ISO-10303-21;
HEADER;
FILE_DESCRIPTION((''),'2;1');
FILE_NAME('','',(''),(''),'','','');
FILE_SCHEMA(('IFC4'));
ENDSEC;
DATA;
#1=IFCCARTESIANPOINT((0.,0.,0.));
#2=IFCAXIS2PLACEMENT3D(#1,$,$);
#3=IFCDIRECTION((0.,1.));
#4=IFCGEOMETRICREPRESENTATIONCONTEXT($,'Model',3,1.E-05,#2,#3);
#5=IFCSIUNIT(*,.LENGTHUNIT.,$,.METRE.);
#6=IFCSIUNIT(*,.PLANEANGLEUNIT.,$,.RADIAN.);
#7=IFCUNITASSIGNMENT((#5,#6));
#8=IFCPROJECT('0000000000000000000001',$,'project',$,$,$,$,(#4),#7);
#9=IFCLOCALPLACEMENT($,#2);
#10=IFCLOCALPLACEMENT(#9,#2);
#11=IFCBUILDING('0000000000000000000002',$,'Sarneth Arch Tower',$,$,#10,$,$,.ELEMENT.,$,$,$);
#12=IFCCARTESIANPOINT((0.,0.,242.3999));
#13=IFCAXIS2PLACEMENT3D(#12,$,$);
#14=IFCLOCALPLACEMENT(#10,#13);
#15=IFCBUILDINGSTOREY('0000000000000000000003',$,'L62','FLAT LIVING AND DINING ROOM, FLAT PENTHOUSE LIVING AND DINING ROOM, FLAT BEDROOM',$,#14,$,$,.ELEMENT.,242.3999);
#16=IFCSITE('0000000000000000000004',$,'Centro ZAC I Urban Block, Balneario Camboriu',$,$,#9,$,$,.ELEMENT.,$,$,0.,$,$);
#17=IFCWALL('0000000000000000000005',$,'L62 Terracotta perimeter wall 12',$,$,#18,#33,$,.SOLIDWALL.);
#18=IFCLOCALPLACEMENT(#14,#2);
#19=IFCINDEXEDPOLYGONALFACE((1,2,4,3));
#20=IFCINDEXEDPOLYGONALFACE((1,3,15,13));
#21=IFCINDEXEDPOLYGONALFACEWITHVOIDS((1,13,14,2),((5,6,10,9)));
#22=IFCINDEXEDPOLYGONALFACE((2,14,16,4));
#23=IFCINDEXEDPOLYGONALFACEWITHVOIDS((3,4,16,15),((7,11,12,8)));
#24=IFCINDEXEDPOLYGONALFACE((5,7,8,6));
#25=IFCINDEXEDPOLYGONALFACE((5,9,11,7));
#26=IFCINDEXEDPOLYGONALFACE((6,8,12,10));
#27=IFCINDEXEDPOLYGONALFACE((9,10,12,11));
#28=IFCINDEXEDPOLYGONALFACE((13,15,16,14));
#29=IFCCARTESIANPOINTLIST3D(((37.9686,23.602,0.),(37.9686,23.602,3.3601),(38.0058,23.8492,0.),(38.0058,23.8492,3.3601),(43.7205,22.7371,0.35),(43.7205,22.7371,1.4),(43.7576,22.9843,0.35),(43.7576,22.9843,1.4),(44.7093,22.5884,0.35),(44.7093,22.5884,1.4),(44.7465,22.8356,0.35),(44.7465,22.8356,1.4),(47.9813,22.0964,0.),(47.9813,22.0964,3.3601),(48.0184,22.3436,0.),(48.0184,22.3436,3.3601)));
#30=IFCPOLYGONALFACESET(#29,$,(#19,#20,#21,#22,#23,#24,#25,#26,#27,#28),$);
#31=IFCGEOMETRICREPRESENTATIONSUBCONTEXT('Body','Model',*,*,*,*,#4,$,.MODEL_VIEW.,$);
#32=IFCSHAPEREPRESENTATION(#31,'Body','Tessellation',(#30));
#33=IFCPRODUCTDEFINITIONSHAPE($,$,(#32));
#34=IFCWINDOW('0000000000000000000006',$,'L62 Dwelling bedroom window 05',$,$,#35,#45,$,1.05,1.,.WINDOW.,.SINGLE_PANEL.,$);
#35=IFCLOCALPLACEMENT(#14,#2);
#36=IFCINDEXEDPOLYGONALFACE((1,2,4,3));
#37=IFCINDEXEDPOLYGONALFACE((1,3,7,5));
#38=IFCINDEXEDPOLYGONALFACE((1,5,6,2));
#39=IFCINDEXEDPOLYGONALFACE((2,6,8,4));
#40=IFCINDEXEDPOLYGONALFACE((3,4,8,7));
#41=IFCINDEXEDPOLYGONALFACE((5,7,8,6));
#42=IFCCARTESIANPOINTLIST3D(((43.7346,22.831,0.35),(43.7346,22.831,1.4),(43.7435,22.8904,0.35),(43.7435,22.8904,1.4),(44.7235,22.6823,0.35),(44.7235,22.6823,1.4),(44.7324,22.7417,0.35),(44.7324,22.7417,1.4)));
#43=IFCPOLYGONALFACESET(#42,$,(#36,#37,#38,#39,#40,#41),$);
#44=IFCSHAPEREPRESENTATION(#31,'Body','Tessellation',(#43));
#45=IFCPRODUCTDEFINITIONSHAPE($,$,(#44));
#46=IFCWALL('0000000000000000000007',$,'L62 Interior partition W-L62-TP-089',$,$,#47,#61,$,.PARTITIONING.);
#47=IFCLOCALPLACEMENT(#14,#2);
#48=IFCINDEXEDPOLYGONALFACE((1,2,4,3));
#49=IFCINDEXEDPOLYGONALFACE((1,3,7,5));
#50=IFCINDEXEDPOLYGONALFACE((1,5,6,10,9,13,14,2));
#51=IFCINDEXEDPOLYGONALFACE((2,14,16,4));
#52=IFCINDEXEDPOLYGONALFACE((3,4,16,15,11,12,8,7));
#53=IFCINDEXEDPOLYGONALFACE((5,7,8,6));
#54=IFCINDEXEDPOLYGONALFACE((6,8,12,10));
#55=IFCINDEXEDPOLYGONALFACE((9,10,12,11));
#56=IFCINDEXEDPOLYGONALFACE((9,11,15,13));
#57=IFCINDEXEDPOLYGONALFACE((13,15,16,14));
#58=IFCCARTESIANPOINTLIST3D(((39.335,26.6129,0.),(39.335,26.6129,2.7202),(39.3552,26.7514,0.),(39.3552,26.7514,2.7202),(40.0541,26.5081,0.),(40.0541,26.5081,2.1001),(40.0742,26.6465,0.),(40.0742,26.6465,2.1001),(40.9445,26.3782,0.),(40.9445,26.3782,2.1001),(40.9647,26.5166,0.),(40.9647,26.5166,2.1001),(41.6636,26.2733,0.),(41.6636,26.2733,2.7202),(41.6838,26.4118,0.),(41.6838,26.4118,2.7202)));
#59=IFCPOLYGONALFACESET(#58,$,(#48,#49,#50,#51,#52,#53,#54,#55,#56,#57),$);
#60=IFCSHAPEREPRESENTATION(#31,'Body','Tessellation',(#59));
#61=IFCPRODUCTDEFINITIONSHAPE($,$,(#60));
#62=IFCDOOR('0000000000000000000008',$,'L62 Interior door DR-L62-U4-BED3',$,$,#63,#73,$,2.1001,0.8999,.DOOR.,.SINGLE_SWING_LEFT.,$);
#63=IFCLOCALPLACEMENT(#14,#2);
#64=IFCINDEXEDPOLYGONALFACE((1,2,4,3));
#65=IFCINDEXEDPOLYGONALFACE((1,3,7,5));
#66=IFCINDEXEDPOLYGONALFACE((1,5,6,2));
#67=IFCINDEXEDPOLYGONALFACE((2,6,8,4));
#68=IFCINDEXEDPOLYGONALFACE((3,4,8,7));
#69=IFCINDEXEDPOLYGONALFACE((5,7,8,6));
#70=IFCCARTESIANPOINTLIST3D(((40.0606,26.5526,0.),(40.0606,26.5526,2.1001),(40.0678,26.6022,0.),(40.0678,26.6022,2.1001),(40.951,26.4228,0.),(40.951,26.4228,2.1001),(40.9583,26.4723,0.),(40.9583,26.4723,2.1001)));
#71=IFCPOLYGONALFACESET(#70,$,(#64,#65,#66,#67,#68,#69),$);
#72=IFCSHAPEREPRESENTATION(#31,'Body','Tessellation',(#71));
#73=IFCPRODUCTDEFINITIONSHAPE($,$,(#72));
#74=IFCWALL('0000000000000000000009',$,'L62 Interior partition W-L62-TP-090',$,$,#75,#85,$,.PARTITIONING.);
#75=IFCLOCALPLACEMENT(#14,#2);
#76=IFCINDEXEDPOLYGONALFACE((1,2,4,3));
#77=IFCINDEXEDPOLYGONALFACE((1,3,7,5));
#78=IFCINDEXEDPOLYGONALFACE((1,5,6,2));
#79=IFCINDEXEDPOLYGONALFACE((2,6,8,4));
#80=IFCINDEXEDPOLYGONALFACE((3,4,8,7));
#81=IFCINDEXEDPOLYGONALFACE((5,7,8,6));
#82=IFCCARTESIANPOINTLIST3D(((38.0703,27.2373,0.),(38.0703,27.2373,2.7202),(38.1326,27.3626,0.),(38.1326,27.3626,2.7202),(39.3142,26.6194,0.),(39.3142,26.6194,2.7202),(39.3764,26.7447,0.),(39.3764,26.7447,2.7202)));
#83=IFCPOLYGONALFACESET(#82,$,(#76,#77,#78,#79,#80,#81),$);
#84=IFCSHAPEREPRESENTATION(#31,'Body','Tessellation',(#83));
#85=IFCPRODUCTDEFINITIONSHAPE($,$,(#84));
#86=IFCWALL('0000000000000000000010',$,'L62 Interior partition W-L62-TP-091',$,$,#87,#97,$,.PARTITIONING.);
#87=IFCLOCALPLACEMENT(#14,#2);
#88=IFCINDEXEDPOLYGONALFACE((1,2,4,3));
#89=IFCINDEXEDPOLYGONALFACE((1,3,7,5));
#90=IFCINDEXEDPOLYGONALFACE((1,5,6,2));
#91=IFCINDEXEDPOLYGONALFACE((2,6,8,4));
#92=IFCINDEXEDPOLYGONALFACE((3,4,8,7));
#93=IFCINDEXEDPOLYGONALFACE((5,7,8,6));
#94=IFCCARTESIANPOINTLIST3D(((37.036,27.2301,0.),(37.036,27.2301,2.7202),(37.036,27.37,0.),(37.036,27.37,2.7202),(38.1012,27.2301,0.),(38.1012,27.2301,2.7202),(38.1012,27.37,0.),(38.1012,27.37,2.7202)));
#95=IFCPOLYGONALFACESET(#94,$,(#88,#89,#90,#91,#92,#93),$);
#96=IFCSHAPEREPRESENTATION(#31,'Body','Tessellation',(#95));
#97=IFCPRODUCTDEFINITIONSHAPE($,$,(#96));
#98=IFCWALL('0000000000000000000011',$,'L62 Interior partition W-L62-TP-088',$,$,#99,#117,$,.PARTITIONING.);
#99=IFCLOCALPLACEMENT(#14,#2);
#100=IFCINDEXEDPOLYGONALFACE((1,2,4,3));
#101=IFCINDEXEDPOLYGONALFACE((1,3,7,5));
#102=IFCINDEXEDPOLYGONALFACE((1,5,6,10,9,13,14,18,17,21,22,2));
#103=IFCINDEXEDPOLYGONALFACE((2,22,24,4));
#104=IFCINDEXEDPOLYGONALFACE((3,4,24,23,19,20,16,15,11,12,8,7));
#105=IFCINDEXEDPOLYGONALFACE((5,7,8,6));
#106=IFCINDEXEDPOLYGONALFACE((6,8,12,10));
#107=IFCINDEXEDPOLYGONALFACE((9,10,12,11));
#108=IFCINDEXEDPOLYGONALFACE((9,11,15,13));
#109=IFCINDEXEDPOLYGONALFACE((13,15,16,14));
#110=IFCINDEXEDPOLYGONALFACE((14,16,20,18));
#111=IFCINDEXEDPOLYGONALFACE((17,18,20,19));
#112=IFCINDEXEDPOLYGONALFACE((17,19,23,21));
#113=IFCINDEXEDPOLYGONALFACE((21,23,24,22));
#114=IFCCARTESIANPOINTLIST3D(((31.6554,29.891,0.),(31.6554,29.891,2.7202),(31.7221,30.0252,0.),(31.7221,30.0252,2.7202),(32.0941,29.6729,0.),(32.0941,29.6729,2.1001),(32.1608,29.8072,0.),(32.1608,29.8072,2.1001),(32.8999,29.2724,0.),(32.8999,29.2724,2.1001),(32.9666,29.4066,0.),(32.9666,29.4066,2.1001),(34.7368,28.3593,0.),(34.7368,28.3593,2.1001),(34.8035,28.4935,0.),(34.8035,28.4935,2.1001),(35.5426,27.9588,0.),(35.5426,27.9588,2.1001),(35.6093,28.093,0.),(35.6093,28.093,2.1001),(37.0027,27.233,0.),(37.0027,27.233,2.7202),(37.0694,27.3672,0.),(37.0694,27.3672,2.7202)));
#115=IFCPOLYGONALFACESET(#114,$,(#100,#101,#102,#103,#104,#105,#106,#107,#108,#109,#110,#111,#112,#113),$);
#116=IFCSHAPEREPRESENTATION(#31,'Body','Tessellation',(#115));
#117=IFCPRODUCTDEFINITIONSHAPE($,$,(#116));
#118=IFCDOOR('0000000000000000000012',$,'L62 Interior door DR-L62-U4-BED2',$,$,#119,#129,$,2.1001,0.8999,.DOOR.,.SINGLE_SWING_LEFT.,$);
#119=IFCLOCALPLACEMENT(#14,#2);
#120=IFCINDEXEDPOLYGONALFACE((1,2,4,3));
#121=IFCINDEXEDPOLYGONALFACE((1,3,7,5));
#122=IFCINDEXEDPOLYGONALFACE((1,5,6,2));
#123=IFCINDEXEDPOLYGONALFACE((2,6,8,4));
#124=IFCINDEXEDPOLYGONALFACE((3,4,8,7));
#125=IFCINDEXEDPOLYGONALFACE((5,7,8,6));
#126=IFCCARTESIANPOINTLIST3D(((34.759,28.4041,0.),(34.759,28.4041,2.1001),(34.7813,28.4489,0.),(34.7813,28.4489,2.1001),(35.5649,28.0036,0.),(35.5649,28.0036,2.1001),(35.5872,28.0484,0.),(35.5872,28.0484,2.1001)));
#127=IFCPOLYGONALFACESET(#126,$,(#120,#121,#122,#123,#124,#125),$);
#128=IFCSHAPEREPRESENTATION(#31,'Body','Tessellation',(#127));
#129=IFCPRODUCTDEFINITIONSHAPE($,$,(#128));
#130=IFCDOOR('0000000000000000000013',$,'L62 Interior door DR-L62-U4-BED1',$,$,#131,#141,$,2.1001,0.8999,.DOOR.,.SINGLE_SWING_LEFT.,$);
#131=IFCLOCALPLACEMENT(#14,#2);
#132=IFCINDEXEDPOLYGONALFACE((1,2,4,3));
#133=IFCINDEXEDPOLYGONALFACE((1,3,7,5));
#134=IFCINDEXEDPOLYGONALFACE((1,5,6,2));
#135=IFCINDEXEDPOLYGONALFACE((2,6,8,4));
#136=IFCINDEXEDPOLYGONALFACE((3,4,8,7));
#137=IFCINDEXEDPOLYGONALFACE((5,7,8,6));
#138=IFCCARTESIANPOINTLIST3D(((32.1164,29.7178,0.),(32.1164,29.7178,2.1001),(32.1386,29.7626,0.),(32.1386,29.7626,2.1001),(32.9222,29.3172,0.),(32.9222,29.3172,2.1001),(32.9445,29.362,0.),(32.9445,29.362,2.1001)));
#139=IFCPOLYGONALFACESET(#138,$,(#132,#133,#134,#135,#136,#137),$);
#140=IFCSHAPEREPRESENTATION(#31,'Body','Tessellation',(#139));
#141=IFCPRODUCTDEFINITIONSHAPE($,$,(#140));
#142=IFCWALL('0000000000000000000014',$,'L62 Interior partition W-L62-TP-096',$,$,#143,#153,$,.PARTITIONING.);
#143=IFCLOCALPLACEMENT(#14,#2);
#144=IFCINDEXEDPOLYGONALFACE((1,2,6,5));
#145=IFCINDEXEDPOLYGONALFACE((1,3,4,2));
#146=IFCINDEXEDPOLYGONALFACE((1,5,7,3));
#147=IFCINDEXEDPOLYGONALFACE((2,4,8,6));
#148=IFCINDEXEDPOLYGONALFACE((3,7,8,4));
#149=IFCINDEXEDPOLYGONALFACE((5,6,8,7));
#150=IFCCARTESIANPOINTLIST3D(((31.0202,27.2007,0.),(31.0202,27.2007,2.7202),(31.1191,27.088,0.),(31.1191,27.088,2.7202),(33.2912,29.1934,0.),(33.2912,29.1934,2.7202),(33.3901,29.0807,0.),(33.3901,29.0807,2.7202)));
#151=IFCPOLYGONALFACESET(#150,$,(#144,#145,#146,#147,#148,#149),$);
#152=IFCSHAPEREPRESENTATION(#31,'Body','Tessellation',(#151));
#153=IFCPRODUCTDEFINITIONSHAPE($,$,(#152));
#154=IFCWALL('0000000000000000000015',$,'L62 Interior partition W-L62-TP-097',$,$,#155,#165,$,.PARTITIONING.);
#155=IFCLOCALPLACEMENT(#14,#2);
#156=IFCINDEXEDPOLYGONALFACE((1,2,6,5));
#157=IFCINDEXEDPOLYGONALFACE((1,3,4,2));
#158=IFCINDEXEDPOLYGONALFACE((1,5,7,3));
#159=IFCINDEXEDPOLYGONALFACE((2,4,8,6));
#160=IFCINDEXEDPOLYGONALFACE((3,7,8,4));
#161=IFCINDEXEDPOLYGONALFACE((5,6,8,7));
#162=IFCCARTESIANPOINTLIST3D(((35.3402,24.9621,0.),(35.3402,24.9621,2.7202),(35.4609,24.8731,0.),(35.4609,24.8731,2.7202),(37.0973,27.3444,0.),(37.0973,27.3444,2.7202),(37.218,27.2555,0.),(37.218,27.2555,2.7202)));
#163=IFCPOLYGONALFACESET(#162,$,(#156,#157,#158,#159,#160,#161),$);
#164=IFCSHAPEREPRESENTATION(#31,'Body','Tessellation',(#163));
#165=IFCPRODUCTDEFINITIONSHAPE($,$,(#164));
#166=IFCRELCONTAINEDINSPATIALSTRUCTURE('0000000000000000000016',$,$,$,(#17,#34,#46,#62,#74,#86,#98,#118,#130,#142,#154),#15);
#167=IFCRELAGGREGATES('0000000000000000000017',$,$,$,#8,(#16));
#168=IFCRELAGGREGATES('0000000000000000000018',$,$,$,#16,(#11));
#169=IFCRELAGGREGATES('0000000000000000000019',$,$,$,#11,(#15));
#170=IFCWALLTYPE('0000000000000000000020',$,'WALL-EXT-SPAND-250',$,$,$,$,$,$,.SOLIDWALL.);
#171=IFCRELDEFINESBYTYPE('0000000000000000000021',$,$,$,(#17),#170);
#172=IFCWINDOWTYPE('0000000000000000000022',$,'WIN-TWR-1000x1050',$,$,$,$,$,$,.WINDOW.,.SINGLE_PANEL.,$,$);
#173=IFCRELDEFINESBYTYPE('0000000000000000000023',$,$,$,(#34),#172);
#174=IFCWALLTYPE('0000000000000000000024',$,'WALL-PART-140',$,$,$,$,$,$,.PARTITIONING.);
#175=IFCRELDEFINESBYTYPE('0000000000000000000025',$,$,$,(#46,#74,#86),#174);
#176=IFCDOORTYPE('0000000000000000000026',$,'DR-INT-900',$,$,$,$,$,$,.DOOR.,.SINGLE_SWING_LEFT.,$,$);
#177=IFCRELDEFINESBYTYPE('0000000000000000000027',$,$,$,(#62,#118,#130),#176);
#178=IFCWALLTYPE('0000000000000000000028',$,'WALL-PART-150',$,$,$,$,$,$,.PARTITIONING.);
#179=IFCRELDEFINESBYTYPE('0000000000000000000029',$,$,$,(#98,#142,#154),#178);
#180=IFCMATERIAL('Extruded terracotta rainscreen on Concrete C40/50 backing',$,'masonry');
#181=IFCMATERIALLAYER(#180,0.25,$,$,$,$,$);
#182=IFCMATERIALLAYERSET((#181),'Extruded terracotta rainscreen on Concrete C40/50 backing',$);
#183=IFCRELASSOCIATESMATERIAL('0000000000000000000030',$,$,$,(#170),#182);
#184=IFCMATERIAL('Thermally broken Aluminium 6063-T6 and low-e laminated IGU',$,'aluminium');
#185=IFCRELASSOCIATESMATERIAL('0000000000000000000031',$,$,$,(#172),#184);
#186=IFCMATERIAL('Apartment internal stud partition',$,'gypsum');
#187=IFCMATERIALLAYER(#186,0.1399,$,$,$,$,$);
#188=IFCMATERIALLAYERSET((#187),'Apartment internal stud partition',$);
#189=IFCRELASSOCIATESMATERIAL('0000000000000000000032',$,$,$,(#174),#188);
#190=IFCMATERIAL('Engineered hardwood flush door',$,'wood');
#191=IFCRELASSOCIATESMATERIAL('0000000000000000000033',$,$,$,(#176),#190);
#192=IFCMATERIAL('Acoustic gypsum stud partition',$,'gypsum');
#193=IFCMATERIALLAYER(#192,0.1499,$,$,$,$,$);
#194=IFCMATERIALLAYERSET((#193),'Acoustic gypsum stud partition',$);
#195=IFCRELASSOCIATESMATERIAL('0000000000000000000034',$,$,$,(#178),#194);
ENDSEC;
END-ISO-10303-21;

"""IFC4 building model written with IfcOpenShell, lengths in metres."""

from ifc_helpers import new_model, si_unit, direction, frame, frame_2d, origin, place, context, subcontext, project, spatial, rectangle, extrude, material, layer, layer_set, type_object, element, fill, save


model = new_model("IFC4")

# Units and contexts
model_context = context("Model", 3, precision=1e-05, world=origin(), true_north=direction((0.0, 1.0)))
body_context = subcontext(model_context, "Body", "Model", "MODEL_VIEW")
ifc_project = project(units=[si_unit("LENGTHUNIT", "METRE"), si_unit("PLANEANGLEUNIT", "RADIAN")], contexts=[model_context])

# Site, building, storey
site_placement = place(None, origin())
site = spatial("IfcSite", under=ifc_project, at=site_placement, Name="Centro ZAC I Urban Block, Balneario Camboriu", CompositionType="ELEMENT", RefElevation=0.0)
building_placement = place(site_placement, origin())
building = spatial("IfcBuilding", under=site, at=building_placement, Name="Sarneth Arch Tower", CompositionType="ELEMENT")
storey_placement = place(building_placement, frame((0.0, 0.0, 242.3999)))
storey = spatial("IfcBuildingStorey", under=building, at=storey_placement, Name="L62", Description="FLAT LIVING AND DINING ROOM, FLAT PENTHOUSE LIVING AND DINING ROOM, FLAT BEDROOM", CompositionType="ELEMENT", Elevation=242.3999)

# Wall, opening, window
ifc_material_1 = material(Name="Extruded terracotta rainscreen on Concrete C40/50 backing", Category="masonry")
ifc_layer_1 = layer(ifc_material_1, 0.25)
ifc_layer_set_1 = layer_set([ifc_layer_1], Name="Extruded terracotta rainscreen on Concrete C40/50 backing")
wall_type_1 = type_object("IfcWallType", Name="WALL-EXT-SPAND-250", PredefinedType="SOLIDWALL", material=ifc_layer_set_1)
wall_1_placement = place(storey_placement, frame((37.9873, 23.7256, 0.0), z_axis=(0.0, 0.0, 1.0), x_axis=(0.988883, -0.148699, 0.0)))
wall_1 = element("IfcWall", 1, at=wall_1_placement, inside=storey, type_object=wall_type_1, Name="L62 Terracotta perimeter wall 12", PredefinedType="SOLIDWALL", context=body_context, shape_type="SweptSolid", body=[
    extrude(rectangle(XDim=10.1252, YDim=0.25, at=frame_2d((5.0625, 0.0))), origin(), (0.0, 0.0, 1.0), 3.3601),
])
opening_1_placement = place(wall_1_placement, frame((5.8164, 0.0, 0.3501)))
opening_1 = element("IfcOpeningElement", 2, at=opening_1_placement, cuts=wall_1, PredefinedType="OPENING", context=body_context, shape_type="SweptSolid", body=[
    extrude(rectangle(XDim=1.0, YDim=1.05, at=frame_2d((0.5, 0.5249))), frame((0.0, 0.135, 0.0), z_axis=(0.0, -1.0, 0.0), x_axis=(1.0, 0.0, 0.0)), (0.0, 0.0, 1.0), 0.27),
])
ifc_material_2 = material(Name="Thermally broken Aluminium 6063-T6 and low-e laminated IGU", Category="aluminium")
window_type = type_object("IfcWindowType", Name="WIN-TWR-1000x1050", PartitioningType="SINGLE_PANEL", PredefinedType="WINDOW", material=ifc_material_2)
window_placement = place(opening_1_placement, origin())
window = element("IfcWindow", 3, at=window_placement, inside=storey, type_object=window_type, Name="L62 Dwelling bedroom window 05", OverallHeight=1.05, OverallWidth=1.0, PartitioningType="SINGLE_PANEL", PredefinedType="WINDOW", context=body_context, shape_type="SweptSolid", body=[
    extrude(rectangle(XDim=1.0, YDim=1.05, at=frame_2d((0.5, 0.5249))), frame((0.0, 0.03, 0.0), z_axis=(0.0, -1.0, 0.0), x_axis=(1.0, 0.0, 0.0)), (0.0, 0.0, 1.0), 0.0601),
])
fill(opening_1, window)

# Wall, opening, door
ifc_material_3 = material(Name="Apartment internal stud partition", Category="gypsum")
ifc_layer_2 = layer(ifc_material_3, 0.1399)
ifc_layer_set_2 = layer_set([ifc_layer_2], Name="Apartment internal stud partition")
wall_type_2 = type_object("IfcWallType", Name="WALL-PART-140", PredefinedType="PARTITIONING", material=ifc_layer_set_2)
wall_2_placement = place(storey_placement, frame((41.6738, 26.3425, 0.0), z_axis=(0.0, 0.0, 1.0), x_axis=(-0.989532, 0.144311, 0.0)))
wall_2 = element("IfcWall", 4, at=wall_2_placement, inside=storey, type_object=wall_type_2, Name="L62 Interior partition W-L62-TP-089", PredefinedType="PARTITIONING", context=body_context, shape_type="SweptSolid", body=[
    extrude(rectangle(XDim=2.3533, YDim=0.1399, at=frame_2d((1.1768, 0.0))), origin(), (0.0, 0.0, 1.0), 2.7202),
])
opening_2_placement = place(wall_2_placement, frame((0.7268, 0.0, 0.0)))
opening_2 = element("IfcOpeningElement", 5, at=opening_2_placement, cuts=wall_2, PredefinedType="OPENING", context=body_context, shape_type="SweptSolid", body=[
    extrude(rectangle(XDim=0.8999, YDim=2.1001, at=frame_2d((0.45, 1.05))), frame((0.0, 0.0798, 0.0), z_axis=(0.0, -1.0, 0.0), x_axis=(1.0, 0.0, 0.0)), (0.0, 0.0, 1.0), 0.1599),
])
ifc_material_4 = material(Name="Engineered hardwood flush door", Category="wood")
door_type_1 = type_object("IfcDoorType", Name="DR-INT-900", OperationType="SINGLE_SWING_LEFT", PredefinedType="DOOR", material=ifc_material_4)
door_1_placement = place(opening_2_placement, origin())
door_1 = element("IfcDoor", 6, at=door_1_placement, inside=storey, type_object=door_type_1, Name="L62 Interior door DR-L62-U4-BED3", OperationType="SINGLE_SWING_LEFT", OverallHeight=2.1001, OverallWidth=0.8999, PredefinedType="DOOR", context=body_context, shape_type="SweptSolid", body=[
    extrude(rectangle(XDim=0.8999, YDim=2.1001, at=frame_2d((0.45, 1.05))), frame((0.0, 0.0249, 0.0), z_axis=(0.0, -1.0, 0.0), x_axis=(1.0, 0.0, 0.0)), (0.0, 0.0, 1.0), 0.05),
])
fill(opening_2, door_1)

# Walls
wall_3_placement = place(storey_placement, frame((39.3452, 26.6821, 0.0), z_axis=(0.0, 0.0, 1.0), x_axis=(-0.895584, 0.444892, 0.0)))
element("IfcWall", 7, at=wall_3_placement, inside=storey, type_object=wall_type_2, Name="L62 Interior partition W-L62-TP-090", PredefinedType="PARTITIONING", context=body_context, shape_type="SweptSolid", body=[
    extrude(rectangle(XDim=1.3889, YDim=0.1399, at=frame_2d((0.6943, 0.0))), origin(), (0.0, 0.0, 1.0), 2.7202),
])
wall_4_placement = place(storey_placement, frame((38.1013, 27.3, 0.0), z_axis=(0.0, 0.0, 1.0), x_axis=(-1.0, 0.0, 0.0)))
element("IfcWall", 8, at=wall_4_placement, inside=storey, type_object=wall_type_2, Name="L62 Interior partition W-L62-TP-091", PredefinedType="PARTITIONING", context=body_context, shape_type="SweptSolid", body=[
    extrude(rectangle(XDim=1.0652, YDim=0.1399, at=frame_2d((0.5327, 0.0))), origin(), (0.0, 0.0, 1.0), 2.7202),
])

# Wall, openings, doors
ifc_material_5 = material(Name="Acoustic gypsum stud partition", Category="gypsum")
ifc_layer_3 = layer(ifc_material_5, 0.1499)
ifc_layer_set_3 = layer_set([ifc_layer_3], Name="Acoustic gypsum stud partition")
wall_type_3 = type_object("IfcWallType", Name="WALL-PART-150", PredefinedType="PARTITIONING", material=ifc_layer_set_3)
wall_5_placement = place(storey_placement, frame((37.0361, 27.3, 0.0), z_axis=(0.0, 0.0, 1.0), x_axis=(-0.895471, 0.445119, 0.0)))
wall_5 = element("IfcWall", 9, at=wall_5_placement, inside=storey, type_object=wall_type_3, Name="L62 Interior partition W-L62-TP-088", PredefinedType="PARTITIONING", context=body_context, shape_type="SweptSolid", body=[
    extrude(rectangle(XDim=5.9714, YDim=0.1499, at=frame_2d((2.9858, 0.0))), origin(), (0.0, 0.0, 1.0), 2.7202),
])
opening_3_placement = place(wall_5_placement, frame((1.6306, 0.0, 0.0)))
opening_3 = element("IfcOpeningElement", 10, at=opening_3_placement, cuts=wall_5, PredefinedType="OPENING", context=body_context, shape_type="SweptSolid", body=[
    extrude(rectangle(XDim=0.8999, YDim=2.1001, at=frame_2d((0.45, 1.05))), frame((0.0, 0.085, 0.0), z_axis=(0.0, -1.0, 0.0), x_axis=(1.0, 0.0, 0.0)), (0.0, 0.0, 1.0), 0.1699),
])
opening_4_placement = place(wall_5_placement, frame((4.5818, 0.0, 0.0)))
opening_4 = element("IfcOpeningElement", 11, at=opening_4_placement, cuts=wall_5, PredefinedType="OPENING", context=body_context, shape_type="SweptSolid", body=[
    extrude(rectangle(XDim=0.8999, YDim=2.1001, at=frame_2d((0.45, 1.05))), frame((0.0, 0.085, 0.0), z_axis=(0.0, -1.0, 0.0), x_axis=(1.0, 0.0, 0.0)), (0.0, 0.0, 1.0), 0.1699),
])
door_2_placement = place(opening_3_placement, origin())
door_2 = element("IfcDoor", 12, at=door_2_placement, inside=storey, type_object=door_type_1, Name="L62 Interior door DR-L62-U4-BED2", OperationType="SINGLE_SWING_LEFT", OverallHeight=2.1001, OverallWidth=0.8999, PredefinedType="DOOR", context=body_context, shape_type="SweptSolid", body=[
    extrude(rectangle(XDim=0.8999, YDim=2.1001, at=frame_2d((0.45, 1.05))), frame((0.0, 0.0249, 0.0), z_axis=(0.0, -1.0, 0.0), x_axis=(1.0, 0.0, 0.0)), (0.0, 0.0, 1.0), 0.05),
])
fill(opening_3, door_2)
door_3_placement = place(opening_4_placement, origin())
door_3 = element("IfcDoor", 13, at=door_3_placement, inside=storey, type_object=door_type_1, Name="L62 Interior door DR-L62-U4-BED1", OperationType="SINGLE_SWING_LEFT", OverallHeight=2.1001, OverallWidth=0.8999, PredefinedType="DOOR", context=body_context, shape_type="SweptSolid", body=[
    extrude(rectangle(XDim=0.8999, YDim=2.1001, at=frame_2d((0.45, 1.05))), frame((0.0, 0.0249, 0.0), z_axis=(0.0, -1.0, 0.0), x_axis=(1.0, 0.0, 0.0)), (0.0, 0.0, 1.0), 0.05),
])
fill(opening_4, door_3)

# Walls
wall_6_placement = place(storey_placement, frame((31.0696, 27.1443, 0.0), z_axis=(0.0, 0.0, 1.0), x_axis=(0.751665, 0.659545, 0.0)))
element("IfcWall", 14, at=wall_6_placement, inside=storey, type_object=wall_type_3, Name="L62 Interior partition W-L62-TP-096", PredefinedType="PARTITIONING", context=body_context, shape_type="SweptSolid", body=[
    extrude(rectangle(XDim=3.0212, YDim=0.1499, at=frame_2d((1.5107, 0.0))), origin(), (0.0, 0.0, 1.0), 2.7202),
])
wall_7_placement = place(storey_placement, frame((35.4006, 24.9177, 0.0), z_axis=(0.0, 0.0, 1.0), x_axis=(0.593568, 0.804784, 0.0)))
element("IfcWall", 15, at=wall_7_placement, inside=storey, type_object=wall_type_3, Name="L62 Interior partition W-L62-TP-097", PredefinedType="PARTITIONING", context=body_context, shape_type="SweptSolid", body=[
    extrude(rectangle(XDim=2.9602, YDim=0.1499, at=frame_2d((1.48, 0.0))), origin(), (0.0, 0.0, 1.0), 2.7202),
])

save(model, "model.ifc")
